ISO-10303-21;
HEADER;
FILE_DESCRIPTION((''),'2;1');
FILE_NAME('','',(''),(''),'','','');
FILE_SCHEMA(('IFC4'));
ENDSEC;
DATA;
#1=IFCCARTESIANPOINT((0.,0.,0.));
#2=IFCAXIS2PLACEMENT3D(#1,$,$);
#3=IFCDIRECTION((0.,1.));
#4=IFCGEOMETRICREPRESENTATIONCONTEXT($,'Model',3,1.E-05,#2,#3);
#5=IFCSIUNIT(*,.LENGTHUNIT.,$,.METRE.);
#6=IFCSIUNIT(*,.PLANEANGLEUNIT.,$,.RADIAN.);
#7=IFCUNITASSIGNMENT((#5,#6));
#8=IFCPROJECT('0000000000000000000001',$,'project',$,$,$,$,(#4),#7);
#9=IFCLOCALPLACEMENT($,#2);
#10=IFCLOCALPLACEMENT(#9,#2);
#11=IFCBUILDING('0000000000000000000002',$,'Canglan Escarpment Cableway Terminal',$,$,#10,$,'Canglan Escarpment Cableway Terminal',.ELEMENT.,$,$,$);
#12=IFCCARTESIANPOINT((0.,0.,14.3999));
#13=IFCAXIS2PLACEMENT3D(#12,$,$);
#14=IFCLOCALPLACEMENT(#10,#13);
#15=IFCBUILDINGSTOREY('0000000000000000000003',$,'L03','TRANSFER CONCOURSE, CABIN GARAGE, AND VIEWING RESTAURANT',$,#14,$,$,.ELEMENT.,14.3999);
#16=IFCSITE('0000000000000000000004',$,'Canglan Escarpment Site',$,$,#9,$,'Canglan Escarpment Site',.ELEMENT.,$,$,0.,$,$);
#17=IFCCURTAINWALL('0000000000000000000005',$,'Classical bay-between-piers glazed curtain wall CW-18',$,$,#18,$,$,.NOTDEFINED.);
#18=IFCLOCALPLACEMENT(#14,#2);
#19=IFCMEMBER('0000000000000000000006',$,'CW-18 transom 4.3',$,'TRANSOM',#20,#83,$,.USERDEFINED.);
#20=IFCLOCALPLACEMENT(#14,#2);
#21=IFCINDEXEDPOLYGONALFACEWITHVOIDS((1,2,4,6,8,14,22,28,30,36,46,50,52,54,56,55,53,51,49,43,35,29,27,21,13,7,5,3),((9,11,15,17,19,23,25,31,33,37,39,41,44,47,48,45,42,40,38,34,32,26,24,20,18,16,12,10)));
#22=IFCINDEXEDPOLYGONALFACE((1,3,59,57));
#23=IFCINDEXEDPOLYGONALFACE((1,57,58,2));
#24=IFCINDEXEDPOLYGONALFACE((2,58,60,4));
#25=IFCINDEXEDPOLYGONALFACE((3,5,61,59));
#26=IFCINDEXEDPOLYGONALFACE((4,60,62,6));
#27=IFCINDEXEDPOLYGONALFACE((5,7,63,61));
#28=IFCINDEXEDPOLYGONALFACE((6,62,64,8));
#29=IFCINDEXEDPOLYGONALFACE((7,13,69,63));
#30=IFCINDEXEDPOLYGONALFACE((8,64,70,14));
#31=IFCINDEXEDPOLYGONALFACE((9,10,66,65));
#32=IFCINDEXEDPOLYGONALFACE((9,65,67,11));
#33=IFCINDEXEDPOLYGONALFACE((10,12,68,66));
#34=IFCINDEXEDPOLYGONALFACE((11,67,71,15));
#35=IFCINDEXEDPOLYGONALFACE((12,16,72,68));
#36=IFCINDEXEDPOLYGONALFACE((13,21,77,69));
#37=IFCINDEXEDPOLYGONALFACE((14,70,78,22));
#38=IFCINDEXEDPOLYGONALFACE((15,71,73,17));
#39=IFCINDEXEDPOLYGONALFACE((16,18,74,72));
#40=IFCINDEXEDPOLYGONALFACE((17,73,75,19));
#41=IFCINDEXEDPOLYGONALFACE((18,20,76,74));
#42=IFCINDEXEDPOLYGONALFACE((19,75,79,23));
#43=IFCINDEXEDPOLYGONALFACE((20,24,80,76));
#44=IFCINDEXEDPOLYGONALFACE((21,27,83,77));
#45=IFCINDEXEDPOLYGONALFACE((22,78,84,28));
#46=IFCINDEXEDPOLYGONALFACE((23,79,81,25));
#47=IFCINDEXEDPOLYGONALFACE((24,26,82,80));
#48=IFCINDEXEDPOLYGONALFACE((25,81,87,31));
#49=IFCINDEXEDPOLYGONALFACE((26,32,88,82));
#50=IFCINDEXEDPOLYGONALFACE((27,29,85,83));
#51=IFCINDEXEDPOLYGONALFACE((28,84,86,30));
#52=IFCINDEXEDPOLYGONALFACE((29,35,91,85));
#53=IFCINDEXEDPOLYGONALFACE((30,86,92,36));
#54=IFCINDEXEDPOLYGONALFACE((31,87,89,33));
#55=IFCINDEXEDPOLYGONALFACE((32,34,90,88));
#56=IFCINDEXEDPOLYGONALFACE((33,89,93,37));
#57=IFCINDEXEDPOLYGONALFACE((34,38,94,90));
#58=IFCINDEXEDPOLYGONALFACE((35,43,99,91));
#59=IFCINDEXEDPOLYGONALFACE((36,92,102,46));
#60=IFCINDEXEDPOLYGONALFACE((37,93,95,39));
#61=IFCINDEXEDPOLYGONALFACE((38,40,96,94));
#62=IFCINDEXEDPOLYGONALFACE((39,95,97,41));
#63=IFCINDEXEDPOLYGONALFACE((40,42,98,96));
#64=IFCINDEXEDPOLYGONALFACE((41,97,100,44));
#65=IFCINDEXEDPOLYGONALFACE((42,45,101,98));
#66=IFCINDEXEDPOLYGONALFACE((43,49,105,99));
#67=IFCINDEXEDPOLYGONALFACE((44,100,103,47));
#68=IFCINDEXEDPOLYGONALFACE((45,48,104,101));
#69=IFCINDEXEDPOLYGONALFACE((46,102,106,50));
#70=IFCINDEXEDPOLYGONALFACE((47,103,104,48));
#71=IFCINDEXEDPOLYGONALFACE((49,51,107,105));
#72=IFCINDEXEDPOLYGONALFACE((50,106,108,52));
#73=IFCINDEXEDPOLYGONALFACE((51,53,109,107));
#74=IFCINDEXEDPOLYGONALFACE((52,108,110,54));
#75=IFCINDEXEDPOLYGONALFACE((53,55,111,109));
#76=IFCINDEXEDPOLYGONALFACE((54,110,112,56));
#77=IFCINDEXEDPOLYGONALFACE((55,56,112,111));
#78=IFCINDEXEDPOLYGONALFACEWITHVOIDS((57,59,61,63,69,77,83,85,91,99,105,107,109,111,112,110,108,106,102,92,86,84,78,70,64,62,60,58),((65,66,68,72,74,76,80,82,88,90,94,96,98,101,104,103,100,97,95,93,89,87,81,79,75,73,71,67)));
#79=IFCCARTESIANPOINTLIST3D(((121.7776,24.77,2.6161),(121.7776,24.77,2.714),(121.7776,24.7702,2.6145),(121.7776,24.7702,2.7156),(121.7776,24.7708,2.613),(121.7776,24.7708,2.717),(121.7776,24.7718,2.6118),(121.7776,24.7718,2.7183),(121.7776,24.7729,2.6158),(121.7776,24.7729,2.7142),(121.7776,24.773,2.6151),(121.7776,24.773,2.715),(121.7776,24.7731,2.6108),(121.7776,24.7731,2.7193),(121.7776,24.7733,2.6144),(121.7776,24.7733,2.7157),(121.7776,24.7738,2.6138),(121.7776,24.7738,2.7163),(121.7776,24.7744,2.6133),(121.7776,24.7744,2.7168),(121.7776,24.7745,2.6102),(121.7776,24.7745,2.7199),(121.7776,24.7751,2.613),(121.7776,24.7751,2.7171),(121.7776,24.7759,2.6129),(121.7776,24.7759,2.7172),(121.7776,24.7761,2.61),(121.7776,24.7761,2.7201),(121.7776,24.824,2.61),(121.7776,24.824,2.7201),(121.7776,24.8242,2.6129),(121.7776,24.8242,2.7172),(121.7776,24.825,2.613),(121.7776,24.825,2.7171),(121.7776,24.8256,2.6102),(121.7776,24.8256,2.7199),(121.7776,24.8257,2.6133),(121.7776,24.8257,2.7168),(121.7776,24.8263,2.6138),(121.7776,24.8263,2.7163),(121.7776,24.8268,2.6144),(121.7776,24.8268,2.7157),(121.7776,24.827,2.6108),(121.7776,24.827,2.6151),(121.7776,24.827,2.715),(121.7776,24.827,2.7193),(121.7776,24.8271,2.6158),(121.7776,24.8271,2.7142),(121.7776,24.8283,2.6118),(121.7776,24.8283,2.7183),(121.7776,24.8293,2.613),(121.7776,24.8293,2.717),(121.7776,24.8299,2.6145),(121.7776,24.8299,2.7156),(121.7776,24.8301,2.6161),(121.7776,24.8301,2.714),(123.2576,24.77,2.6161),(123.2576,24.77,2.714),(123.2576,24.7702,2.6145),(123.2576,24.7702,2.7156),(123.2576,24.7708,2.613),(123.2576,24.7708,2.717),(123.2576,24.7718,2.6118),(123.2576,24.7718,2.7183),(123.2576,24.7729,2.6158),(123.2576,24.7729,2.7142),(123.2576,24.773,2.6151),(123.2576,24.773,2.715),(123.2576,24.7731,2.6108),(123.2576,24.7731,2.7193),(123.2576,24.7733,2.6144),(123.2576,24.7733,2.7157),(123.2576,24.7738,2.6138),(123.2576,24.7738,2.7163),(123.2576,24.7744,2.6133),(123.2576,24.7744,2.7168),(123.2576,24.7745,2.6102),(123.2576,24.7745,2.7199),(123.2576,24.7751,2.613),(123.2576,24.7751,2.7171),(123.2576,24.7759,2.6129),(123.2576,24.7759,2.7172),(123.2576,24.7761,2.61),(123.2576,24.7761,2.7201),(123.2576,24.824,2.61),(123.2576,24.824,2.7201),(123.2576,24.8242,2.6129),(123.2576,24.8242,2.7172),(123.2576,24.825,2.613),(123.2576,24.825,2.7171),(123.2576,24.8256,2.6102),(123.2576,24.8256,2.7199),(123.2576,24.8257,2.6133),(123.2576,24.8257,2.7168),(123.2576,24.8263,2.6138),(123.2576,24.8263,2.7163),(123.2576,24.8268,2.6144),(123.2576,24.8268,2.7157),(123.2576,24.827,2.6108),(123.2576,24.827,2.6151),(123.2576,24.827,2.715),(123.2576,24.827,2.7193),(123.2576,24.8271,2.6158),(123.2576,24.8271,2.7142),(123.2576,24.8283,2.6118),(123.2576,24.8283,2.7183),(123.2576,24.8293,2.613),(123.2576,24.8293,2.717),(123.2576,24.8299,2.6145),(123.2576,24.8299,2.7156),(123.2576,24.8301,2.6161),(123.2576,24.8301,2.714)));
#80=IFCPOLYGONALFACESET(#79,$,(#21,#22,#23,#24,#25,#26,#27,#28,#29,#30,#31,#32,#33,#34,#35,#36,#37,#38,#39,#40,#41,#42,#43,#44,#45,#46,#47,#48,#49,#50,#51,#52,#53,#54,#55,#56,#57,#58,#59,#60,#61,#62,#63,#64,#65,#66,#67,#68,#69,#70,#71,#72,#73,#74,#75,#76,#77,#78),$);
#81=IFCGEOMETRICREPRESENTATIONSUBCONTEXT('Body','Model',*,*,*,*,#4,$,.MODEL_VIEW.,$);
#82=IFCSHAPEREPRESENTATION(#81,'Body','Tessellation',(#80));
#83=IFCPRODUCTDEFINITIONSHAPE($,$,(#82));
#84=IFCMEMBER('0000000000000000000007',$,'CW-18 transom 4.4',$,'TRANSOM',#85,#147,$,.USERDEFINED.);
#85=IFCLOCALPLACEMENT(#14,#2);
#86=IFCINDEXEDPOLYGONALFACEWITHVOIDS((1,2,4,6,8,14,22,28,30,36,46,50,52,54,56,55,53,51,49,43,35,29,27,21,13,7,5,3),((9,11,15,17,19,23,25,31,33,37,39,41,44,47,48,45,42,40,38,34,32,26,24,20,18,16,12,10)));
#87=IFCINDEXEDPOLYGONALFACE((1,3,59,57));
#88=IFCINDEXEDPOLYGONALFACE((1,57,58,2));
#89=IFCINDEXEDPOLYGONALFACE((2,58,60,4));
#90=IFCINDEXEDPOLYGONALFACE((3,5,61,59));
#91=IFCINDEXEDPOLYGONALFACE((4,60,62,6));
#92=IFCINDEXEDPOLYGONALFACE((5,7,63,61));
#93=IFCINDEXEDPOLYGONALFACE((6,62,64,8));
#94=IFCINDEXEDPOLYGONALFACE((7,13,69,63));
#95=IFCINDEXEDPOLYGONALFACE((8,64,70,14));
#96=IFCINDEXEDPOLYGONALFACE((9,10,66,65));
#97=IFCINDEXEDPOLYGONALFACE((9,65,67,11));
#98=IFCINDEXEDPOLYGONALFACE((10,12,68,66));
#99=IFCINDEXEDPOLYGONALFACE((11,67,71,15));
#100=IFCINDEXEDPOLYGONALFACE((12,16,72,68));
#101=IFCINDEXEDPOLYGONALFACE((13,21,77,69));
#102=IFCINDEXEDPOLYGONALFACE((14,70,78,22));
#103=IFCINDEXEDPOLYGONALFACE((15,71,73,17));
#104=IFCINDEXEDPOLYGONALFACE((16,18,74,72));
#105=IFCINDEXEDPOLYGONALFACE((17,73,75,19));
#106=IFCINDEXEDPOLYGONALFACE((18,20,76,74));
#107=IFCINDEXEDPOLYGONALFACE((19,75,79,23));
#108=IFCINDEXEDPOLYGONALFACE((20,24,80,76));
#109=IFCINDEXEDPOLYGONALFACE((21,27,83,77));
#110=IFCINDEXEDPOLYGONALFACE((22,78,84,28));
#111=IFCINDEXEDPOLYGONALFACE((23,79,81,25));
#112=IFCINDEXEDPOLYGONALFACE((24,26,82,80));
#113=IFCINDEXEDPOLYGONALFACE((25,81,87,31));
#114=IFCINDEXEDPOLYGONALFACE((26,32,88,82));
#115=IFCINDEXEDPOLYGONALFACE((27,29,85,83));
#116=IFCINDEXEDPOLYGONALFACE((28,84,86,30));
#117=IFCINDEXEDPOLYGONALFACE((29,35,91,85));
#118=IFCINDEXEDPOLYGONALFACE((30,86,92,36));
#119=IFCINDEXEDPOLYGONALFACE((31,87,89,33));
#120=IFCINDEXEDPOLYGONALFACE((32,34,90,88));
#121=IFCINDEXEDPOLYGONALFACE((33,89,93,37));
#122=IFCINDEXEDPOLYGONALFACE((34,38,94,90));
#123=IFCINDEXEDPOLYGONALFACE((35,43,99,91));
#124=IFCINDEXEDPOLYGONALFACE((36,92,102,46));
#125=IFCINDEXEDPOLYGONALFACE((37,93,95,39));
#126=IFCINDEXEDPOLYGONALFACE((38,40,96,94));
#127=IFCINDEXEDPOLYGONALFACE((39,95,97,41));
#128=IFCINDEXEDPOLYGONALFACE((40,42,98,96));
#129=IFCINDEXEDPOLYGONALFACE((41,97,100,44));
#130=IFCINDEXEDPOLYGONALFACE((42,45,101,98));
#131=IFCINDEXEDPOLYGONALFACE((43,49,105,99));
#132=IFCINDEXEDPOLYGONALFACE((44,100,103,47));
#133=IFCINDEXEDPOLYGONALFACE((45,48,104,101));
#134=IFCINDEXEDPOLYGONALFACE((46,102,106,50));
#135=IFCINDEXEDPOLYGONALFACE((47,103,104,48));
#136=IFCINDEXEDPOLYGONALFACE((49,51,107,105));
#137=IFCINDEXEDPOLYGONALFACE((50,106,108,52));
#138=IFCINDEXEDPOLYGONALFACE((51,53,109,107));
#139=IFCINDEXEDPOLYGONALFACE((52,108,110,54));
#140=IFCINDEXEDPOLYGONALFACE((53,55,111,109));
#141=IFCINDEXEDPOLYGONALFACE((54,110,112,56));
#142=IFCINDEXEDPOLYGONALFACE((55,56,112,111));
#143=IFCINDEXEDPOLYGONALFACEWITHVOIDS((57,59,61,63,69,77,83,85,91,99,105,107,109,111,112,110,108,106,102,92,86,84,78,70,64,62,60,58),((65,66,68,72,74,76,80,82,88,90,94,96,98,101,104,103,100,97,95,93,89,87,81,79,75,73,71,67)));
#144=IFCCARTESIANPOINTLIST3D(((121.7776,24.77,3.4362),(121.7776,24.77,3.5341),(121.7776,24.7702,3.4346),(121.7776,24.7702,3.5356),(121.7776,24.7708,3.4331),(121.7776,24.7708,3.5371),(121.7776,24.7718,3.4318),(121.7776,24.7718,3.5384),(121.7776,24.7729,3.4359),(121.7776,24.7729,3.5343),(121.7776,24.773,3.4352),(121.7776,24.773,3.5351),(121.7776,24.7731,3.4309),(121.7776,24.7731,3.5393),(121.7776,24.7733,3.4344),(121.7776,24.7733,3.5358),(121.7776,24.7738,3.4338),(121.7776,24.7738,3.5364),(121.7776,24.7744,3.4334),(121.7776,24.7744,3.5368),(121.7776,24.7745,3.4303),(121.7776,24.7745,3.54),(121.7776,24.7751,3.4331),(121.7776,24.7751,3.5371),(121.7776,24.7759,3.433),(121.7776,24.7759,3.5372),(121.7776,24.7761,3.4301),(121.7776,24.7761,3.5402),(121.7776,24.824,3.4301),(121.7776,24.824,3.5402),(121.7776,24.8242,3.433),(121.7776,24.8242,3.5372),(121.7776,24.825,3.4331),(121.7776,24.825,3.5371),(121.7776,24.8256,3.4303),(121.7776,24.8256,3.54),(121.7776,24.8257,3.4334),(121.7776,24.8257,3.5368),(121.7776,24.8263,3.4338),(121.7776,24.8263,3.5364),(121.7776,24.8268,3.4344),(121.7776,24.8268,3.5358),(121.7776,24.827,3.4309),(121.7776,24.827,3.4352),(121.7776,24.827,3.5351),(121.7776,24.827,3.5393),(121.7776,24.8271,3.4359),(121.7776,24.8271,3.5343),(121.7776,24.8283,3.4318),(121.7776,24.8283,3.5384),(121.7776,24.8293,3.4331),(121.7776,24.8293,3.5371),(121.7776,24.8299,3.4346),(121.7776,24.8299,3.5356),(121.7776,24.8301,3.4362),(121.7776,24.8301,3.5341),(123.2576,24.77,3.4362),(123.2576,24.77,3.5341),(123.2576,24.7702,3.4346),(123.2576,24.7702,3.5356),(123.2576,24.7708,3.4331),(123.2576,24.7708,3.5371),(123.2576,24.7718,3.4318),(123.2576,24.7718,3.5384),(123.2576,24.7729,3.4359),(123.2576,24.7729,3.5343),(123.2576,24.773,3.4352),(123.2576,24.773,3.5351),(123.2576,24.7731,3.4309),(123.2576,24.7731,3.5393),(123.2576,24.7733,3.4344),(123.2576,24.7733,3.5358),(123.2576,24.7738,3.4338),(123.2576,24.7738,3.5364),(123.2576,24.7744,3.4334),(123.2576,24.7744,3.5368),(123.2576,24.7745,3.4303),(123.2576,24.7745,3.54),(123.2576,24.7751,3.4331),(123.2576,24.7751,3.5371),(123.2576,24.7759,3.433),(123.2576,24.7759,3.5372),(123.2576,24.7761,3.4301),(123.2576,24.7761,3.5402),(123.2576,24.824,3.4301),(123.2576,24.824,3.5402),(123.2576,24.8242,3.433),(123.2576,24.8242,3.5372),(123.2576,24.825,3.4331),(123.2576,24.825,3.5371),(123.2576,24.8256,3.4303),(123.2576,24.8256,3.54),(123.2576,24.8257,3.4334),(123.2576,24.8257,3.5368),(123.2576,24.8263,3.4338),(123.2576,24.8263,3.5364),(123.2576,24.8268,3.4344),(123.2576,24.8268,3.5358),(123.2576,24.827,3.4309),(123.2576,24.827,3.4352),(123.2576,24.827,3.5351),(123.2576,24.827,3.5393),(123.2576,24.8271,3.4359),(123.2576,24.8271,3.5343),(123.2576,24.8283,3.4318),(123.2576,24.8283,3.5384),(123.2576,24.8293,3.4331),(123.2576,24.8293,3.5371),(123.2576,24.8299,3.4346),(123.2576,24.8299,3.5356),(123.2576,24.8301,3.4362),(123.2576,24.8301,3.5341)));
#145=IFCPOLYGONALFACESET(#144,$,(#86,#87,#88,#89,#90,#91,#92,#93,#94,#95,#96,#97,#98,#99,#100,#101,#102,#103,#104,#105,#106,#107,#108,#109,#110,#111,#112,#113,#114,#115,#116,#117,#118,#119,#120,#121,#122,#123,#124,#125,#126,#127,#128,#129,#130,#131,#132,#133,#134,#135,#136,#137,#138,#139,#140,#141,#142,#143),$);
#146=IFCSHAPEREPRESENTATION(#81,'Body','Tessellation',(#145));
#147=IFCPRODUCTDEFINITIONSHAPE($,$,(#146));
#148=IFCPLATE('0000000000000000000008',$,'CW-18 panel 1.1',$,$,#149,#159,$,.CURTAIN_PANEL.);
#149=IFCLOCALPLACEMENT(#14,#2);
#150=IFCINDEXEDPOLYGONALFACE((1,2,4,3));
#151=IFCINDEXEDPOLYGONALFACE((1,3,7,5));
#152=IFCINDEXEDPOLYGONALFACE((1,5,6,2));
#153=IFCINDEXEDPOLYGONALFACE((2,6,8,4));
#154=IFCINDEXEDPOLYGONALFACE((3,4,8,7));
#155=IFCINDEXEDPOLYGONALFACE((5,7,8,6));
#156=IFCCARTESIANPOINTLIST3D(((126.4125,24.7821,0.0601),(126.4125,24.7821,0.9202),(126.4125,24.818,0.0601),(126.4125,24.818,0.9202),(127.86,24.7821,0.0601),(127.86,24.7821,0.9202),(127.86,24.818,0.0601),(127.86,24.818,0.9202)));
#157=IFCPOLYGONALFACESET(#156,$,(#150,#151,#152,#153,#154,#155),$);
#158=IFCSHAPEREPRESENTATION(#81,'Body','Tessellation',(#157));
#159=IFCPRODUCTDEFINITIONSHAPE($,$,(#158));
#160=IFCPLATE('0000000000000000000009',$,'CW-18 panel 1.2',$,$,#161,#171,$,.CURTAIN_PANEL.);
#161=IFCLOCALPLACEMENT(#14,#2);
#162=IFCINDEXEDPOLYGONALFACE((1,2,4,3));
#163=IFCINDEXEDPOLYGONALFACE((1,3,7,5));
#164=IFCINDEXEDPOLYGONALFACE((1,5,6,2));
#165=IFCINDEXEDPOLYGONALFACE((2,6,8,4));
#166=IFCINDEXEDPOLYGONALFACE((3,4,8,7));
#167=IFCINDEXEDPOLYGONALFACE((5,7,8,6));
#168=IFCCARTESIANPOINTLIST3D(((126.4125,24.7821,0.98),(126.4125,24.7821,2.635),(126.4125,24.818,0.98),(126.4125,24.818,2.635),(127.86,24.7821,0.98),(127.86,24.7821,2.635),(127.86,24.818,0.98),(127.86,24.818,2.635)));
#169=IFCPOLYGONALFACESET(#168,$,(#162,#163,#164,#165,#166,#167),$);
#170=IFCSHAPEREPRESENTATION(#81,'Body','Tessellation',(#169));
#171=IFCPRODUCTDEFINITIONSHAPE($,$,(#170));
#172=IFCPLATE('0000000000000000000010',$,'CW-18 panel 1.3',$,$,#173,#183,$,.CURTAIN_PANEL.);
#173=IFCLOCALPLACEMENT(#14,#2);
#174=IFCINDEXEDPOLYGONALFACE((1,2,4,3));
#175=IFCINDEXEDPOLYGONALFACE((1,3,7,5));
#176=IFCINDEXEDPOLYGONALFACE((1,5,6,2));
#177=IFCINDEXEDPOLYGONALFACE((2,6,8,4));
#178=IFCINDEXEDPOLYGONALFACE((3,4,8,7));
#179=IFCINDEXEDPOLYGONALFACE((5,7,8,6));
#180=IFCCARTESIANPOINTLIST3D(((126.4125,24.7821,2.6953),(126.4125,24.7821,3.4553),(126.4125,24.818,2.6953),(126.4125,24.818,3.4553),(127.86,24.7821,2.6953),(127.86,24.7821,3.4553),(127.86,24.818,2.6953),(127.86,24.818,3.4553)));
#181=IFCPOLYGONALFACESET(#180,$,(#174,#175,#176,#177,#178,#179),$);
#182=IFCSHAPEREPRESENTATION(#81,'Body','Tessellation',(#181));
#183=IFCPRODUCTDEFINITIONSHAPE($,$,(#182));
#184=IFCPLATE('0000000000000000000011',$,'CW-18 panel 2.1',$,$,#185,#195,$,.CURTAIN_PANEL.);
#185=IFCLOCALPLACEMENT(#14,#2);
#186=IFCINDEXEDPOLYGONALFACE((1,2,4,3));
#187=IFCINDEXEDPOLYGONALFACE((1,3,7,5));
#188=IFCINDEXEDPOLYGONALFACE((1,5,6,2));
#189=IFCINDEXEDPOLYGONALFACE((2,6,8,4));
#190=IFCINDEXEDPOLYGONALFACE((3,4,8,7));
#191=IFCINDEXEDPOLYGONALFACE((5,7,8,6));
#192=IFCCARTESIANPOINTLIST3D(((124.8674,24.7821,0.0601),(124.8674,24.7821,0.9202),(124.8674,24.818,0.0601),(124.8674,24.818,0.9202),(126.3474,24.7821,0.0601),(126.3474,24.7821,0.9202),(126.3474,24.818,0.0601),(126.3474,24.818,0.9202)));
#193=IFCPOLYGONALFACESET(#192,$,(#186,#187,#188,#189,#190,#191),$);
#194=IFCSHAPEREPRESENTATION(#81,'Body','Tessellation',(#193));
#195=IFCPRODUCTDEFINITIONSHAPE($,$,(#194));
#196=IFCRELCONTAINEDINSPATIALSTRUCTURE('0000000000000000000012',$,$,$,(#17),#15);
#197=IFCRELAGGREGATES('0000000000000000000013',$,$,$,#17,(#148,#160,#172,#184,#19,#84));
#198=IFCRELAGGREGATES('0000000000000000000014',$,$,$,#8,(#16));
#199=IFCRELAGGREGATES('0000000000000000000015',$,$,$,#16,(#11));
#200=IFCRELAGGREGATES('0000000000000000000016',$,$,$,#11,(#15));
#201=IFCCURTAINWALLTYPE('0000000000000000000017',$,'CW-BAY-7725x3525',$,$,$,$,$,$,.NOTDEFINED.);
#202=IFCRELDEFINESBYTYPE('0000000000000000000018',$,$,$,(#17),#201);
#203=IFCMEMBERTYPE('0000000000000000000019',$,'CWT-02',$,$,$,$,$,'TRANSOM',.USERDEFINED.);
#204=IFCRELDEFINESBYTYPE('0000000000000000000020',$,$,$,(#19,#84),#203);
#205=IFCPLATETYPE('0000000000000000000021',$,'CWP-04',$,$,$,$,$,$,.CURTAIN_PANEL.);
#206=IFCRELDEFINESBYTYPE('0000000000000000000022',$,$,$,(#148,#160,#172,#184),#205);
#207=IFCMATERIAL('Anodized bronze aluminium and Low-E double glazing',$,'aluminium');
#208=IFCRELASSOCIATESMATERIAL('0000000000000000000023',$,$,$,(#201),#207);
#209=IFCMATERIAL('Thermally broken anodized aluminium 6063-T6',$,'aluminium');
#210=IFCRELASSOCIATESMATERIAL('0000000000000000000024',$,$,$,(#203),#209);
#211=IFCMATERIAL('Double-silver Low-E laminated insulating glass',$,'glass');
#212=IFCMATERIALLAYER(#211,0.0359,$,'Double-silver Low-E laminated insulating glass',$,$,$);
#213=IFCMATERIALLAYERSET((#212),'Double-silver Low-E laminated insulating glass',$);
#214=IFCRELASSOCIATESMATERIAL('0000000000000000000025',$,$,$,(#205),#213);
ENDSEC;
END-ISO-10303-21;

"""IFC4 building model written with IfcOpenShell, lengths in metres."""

from ifc_helpers import new_model, si_unit, direction, frame, origin, origin_2d, place, context, subcontext, project, spatial, rectangle, hollow_rectangle, extrude, material, layer, layer_set, material_profile, profile_set, type_object, element, aggregate, save


model = new_model("IFC4")

# Units and contexts
model_context = context("Model", 3, precision=1e-05, world=origin(), true_north=direction((0.0, 1.0)))
body_context = subcontext(model_context, "Body", "Model", "MODEL_VIEW")
ifc_project = project(units=[si_unit("LENGTHUNIT", "METRE"), si_unit("PLANEANGLEUNIT", "RADIAN")], contexts=[model_context])

# Site, building, storey
site_placement = place(None, origin())
site = spatial("IfcSite", under=ifc_project, at=site_placement, Name="Canglan Escarpment Site", LongName="Canglan Escarpment Site", CompositionType="ELEMENT", RefElevation=0.0)
building_placement = place(site_placement, origin())
building = spatial("IfcBuilding", under=site, at=building_placement, Name="Canglan Escarpment Cableway Terminal", LongName="Canglan Escarpment Cableway Terminal", CompositionType="ELEMENT")
storey_placement = place(building_placement, frame((0.0, 0.0, 14.3999)))
storey = spatial("IfcBuildingStorey", under=building, at=storey_placement, Name="L03", Description="TRANSFER CONCOURSE, CABIN GARAGE, AND VIEWING RESTAURANT", CompositionType="ELEMENT", Elevation=14.3999)

# Curtain wall, members, plates
ifc_material_1 = material(Name="Anodized bronze aluminium and Low-E double glazing", Category="aluminium")
curtain_wall_type = type_object("IfcCurtainWallType", Name="CW-BAY-7725x3525", PredefinedType="NOTDEFINED", material=ifc_material_1)
curtain_wall_placement = place(storey_placement, origin())
curtain_wall = element("IfcCurtainWall", 1, at=curtain_wall_placement, inside=storey, type_object=curtain_wall_type, Name="Classical bay-between-piers glazed curtain wall CW-18", PredefinedType="NOTDEFINED")
ifc_material_2 = material(Name="Thermally broken anodized aluminium 6063-T6", Category="aluminium")
ifc_material_profile_1 = material_profile(ifc_material_2, hollow_rectangle(XDim=0.0601, YDim=0.1101, WallThickness=0.0029, InnerFilletRadius=0.0029, OuterFilletRadius=0.0061, at=origin_2d()), Name="ALU-TRAN 60x110x3")
ifc_profile_set_1 = profile_set([ifc_material_profile_1], Name="Thermally broken anodized aluminium 6063-T6")
member_type_1 = type_object("IfcMemberType", Name="CWT-02", ElementType="TRANSOM", PredefinedType="USERDEFINED", material=ifc_profile_set_1)
member_1_placement = place(storey_placement, frame((123.2576, 24.8, 2.665), z_axis=(-1.0, 0.0, 0.0), x_axis=(0.0, -1.0, 0.0)))
member_1 = element("IfcMember", 2, at=member_1_placement, type_object=member_type_1, Name="CW-18 transom 4.3", ObjectType="TRANSOM", PredefinedType="USERDEFINED", context=body_context, shape_type="SweptSolid", body=[
    extrude(hollow_rectangle(XDim=0.0601, YDim=0.1101, WallThickness=0.0029, InnerFilletRadius=0.0029, OuterFilletRadius=0.0061, at=origin_2d()), origin(), (0.0, 0.0, 1.0), 1.48),
])
member_2_placement = place(storey_placement, frame((123.2576, 24.8, 3.4851), z_axis=(-1.0, 0.0, 0.0), x_axis=(0.0, -1.0, 0.0)))
member_2 = element("IfcMember", 3, at=member_2_placement, type_object=member_type_1, Name="CW-18 transom 4.4", ObjectType="TRANSOM", PredefinedType="USERDEFINED", context=body_context, shape_type="SweptSolid", body=[
    extrude(hollow_rectangle(XDim=0.0601, YDim=0.1101, WallThickness=0.0029, InnerFilletRadius=0.0029, OuterFilletRadius=0.0061, at=origin_2d()), origin(), (0.0, 0.0, 1.0), 1.48),
])
ifc_material_3 = material(Name="Double-silver Low-E laminated insulating glass", Category="glass")
ifc_layer = layer(ifc_material_3, 0.0359, Name="Double-silver Low-E laminated insulating glass")
ifc_layer_set = layer_set([ifc_layer], Name="Double-silver Low-E laminated insulating glass")
plate_type = type_object("IfcPlateType", Name="CWP-04", PredefinedType="CURTAIN_PANEL", material=ifc_layer_set)
plate_1_placement = place(storey_placement, frame((127.1362, 24.8, 0.0601), z_axis=(0.0, 0.0, 1.0), x_axis=(-1.0, 0.0, 0.0)))
plate_1 = element("IfcPlate", 4, at=plate_1_placement, type_object=plate_type, Name="CW-18 panel 1.1", PredefinedType="CURTAIN_PANEL", context=body_context, shape_type="SweptSolid", body=[
    extrude(rectangle(XDim=1.4475, YDim=0.0359, at=origin_2d()), origin(), (0.0, 0.0, 1.0), 0.8601),
])
plate_2_placement = place(storey_placement, frame((127.1362, 24.8, 0.98), z_axis=(0.0, 0.0, 1.0), x_axis=(-1.0, 0.0, 0.0)))
plate_2 = element("IfcPlate", 5, at=plate_2_placement, type_object=plate_type, Name="CW-18 panel 1.2", PredefinedType="CURTAIN_PANEL", context=body_context, shape_type="SweptSolid", body=[
    extrude(rectangle(XDim=1.4475, YDim=0.0359, at=origin_2d()), origin(), (0.0, 0.0, 1.0), 1.655),
])
plate_3_placement = place(storey_placement, frame((127.1362, 24.8, 2.6953), z_axis=(0.0, 0.0, 1.0), x_axis=(-1.0, 0.0, 0.0)))
plate_3 = element("IfcPlate", 6, at=plate_3_placement, type_object=plate_type, Name="CW-18 panel 1.3", PredefinedType="CURTAIN_PANEL", context=body_context, shape_type="SweptSolid", body=[
    extrude(rectangle(XDim=1.4475, YDim=0.0359, at=origin_2d()), origin(), (0.0, 0.0, 1.0), 0.76),
])
plate_4_placement = place(storey_placement, frame((125.6074, 24.8, 0.0601), z_axis=(0.0, 0.0, 1.0), x_axis=(-1.0, 0.0, 0.0)))
plate_4 = element("IfcPlate", 7, at=plate_4_placement, type_object=plate_type, Name="CW-18 panel 2.1", PredefinedType="CURTAIN_PANEL", context=body_context, shape_type="SweptSolid", body=[
    extrude(rectangle(XDim=1.48, YDim=0.0359, at=origin_2d()), origin(), (0.0, 0.0, 1.0), 0.8601),
])
aggregate(curtain_wall, [plate_1, plate_2, plate_3, plate_4, member_1, member_2])

save(model, "model.ifc")
